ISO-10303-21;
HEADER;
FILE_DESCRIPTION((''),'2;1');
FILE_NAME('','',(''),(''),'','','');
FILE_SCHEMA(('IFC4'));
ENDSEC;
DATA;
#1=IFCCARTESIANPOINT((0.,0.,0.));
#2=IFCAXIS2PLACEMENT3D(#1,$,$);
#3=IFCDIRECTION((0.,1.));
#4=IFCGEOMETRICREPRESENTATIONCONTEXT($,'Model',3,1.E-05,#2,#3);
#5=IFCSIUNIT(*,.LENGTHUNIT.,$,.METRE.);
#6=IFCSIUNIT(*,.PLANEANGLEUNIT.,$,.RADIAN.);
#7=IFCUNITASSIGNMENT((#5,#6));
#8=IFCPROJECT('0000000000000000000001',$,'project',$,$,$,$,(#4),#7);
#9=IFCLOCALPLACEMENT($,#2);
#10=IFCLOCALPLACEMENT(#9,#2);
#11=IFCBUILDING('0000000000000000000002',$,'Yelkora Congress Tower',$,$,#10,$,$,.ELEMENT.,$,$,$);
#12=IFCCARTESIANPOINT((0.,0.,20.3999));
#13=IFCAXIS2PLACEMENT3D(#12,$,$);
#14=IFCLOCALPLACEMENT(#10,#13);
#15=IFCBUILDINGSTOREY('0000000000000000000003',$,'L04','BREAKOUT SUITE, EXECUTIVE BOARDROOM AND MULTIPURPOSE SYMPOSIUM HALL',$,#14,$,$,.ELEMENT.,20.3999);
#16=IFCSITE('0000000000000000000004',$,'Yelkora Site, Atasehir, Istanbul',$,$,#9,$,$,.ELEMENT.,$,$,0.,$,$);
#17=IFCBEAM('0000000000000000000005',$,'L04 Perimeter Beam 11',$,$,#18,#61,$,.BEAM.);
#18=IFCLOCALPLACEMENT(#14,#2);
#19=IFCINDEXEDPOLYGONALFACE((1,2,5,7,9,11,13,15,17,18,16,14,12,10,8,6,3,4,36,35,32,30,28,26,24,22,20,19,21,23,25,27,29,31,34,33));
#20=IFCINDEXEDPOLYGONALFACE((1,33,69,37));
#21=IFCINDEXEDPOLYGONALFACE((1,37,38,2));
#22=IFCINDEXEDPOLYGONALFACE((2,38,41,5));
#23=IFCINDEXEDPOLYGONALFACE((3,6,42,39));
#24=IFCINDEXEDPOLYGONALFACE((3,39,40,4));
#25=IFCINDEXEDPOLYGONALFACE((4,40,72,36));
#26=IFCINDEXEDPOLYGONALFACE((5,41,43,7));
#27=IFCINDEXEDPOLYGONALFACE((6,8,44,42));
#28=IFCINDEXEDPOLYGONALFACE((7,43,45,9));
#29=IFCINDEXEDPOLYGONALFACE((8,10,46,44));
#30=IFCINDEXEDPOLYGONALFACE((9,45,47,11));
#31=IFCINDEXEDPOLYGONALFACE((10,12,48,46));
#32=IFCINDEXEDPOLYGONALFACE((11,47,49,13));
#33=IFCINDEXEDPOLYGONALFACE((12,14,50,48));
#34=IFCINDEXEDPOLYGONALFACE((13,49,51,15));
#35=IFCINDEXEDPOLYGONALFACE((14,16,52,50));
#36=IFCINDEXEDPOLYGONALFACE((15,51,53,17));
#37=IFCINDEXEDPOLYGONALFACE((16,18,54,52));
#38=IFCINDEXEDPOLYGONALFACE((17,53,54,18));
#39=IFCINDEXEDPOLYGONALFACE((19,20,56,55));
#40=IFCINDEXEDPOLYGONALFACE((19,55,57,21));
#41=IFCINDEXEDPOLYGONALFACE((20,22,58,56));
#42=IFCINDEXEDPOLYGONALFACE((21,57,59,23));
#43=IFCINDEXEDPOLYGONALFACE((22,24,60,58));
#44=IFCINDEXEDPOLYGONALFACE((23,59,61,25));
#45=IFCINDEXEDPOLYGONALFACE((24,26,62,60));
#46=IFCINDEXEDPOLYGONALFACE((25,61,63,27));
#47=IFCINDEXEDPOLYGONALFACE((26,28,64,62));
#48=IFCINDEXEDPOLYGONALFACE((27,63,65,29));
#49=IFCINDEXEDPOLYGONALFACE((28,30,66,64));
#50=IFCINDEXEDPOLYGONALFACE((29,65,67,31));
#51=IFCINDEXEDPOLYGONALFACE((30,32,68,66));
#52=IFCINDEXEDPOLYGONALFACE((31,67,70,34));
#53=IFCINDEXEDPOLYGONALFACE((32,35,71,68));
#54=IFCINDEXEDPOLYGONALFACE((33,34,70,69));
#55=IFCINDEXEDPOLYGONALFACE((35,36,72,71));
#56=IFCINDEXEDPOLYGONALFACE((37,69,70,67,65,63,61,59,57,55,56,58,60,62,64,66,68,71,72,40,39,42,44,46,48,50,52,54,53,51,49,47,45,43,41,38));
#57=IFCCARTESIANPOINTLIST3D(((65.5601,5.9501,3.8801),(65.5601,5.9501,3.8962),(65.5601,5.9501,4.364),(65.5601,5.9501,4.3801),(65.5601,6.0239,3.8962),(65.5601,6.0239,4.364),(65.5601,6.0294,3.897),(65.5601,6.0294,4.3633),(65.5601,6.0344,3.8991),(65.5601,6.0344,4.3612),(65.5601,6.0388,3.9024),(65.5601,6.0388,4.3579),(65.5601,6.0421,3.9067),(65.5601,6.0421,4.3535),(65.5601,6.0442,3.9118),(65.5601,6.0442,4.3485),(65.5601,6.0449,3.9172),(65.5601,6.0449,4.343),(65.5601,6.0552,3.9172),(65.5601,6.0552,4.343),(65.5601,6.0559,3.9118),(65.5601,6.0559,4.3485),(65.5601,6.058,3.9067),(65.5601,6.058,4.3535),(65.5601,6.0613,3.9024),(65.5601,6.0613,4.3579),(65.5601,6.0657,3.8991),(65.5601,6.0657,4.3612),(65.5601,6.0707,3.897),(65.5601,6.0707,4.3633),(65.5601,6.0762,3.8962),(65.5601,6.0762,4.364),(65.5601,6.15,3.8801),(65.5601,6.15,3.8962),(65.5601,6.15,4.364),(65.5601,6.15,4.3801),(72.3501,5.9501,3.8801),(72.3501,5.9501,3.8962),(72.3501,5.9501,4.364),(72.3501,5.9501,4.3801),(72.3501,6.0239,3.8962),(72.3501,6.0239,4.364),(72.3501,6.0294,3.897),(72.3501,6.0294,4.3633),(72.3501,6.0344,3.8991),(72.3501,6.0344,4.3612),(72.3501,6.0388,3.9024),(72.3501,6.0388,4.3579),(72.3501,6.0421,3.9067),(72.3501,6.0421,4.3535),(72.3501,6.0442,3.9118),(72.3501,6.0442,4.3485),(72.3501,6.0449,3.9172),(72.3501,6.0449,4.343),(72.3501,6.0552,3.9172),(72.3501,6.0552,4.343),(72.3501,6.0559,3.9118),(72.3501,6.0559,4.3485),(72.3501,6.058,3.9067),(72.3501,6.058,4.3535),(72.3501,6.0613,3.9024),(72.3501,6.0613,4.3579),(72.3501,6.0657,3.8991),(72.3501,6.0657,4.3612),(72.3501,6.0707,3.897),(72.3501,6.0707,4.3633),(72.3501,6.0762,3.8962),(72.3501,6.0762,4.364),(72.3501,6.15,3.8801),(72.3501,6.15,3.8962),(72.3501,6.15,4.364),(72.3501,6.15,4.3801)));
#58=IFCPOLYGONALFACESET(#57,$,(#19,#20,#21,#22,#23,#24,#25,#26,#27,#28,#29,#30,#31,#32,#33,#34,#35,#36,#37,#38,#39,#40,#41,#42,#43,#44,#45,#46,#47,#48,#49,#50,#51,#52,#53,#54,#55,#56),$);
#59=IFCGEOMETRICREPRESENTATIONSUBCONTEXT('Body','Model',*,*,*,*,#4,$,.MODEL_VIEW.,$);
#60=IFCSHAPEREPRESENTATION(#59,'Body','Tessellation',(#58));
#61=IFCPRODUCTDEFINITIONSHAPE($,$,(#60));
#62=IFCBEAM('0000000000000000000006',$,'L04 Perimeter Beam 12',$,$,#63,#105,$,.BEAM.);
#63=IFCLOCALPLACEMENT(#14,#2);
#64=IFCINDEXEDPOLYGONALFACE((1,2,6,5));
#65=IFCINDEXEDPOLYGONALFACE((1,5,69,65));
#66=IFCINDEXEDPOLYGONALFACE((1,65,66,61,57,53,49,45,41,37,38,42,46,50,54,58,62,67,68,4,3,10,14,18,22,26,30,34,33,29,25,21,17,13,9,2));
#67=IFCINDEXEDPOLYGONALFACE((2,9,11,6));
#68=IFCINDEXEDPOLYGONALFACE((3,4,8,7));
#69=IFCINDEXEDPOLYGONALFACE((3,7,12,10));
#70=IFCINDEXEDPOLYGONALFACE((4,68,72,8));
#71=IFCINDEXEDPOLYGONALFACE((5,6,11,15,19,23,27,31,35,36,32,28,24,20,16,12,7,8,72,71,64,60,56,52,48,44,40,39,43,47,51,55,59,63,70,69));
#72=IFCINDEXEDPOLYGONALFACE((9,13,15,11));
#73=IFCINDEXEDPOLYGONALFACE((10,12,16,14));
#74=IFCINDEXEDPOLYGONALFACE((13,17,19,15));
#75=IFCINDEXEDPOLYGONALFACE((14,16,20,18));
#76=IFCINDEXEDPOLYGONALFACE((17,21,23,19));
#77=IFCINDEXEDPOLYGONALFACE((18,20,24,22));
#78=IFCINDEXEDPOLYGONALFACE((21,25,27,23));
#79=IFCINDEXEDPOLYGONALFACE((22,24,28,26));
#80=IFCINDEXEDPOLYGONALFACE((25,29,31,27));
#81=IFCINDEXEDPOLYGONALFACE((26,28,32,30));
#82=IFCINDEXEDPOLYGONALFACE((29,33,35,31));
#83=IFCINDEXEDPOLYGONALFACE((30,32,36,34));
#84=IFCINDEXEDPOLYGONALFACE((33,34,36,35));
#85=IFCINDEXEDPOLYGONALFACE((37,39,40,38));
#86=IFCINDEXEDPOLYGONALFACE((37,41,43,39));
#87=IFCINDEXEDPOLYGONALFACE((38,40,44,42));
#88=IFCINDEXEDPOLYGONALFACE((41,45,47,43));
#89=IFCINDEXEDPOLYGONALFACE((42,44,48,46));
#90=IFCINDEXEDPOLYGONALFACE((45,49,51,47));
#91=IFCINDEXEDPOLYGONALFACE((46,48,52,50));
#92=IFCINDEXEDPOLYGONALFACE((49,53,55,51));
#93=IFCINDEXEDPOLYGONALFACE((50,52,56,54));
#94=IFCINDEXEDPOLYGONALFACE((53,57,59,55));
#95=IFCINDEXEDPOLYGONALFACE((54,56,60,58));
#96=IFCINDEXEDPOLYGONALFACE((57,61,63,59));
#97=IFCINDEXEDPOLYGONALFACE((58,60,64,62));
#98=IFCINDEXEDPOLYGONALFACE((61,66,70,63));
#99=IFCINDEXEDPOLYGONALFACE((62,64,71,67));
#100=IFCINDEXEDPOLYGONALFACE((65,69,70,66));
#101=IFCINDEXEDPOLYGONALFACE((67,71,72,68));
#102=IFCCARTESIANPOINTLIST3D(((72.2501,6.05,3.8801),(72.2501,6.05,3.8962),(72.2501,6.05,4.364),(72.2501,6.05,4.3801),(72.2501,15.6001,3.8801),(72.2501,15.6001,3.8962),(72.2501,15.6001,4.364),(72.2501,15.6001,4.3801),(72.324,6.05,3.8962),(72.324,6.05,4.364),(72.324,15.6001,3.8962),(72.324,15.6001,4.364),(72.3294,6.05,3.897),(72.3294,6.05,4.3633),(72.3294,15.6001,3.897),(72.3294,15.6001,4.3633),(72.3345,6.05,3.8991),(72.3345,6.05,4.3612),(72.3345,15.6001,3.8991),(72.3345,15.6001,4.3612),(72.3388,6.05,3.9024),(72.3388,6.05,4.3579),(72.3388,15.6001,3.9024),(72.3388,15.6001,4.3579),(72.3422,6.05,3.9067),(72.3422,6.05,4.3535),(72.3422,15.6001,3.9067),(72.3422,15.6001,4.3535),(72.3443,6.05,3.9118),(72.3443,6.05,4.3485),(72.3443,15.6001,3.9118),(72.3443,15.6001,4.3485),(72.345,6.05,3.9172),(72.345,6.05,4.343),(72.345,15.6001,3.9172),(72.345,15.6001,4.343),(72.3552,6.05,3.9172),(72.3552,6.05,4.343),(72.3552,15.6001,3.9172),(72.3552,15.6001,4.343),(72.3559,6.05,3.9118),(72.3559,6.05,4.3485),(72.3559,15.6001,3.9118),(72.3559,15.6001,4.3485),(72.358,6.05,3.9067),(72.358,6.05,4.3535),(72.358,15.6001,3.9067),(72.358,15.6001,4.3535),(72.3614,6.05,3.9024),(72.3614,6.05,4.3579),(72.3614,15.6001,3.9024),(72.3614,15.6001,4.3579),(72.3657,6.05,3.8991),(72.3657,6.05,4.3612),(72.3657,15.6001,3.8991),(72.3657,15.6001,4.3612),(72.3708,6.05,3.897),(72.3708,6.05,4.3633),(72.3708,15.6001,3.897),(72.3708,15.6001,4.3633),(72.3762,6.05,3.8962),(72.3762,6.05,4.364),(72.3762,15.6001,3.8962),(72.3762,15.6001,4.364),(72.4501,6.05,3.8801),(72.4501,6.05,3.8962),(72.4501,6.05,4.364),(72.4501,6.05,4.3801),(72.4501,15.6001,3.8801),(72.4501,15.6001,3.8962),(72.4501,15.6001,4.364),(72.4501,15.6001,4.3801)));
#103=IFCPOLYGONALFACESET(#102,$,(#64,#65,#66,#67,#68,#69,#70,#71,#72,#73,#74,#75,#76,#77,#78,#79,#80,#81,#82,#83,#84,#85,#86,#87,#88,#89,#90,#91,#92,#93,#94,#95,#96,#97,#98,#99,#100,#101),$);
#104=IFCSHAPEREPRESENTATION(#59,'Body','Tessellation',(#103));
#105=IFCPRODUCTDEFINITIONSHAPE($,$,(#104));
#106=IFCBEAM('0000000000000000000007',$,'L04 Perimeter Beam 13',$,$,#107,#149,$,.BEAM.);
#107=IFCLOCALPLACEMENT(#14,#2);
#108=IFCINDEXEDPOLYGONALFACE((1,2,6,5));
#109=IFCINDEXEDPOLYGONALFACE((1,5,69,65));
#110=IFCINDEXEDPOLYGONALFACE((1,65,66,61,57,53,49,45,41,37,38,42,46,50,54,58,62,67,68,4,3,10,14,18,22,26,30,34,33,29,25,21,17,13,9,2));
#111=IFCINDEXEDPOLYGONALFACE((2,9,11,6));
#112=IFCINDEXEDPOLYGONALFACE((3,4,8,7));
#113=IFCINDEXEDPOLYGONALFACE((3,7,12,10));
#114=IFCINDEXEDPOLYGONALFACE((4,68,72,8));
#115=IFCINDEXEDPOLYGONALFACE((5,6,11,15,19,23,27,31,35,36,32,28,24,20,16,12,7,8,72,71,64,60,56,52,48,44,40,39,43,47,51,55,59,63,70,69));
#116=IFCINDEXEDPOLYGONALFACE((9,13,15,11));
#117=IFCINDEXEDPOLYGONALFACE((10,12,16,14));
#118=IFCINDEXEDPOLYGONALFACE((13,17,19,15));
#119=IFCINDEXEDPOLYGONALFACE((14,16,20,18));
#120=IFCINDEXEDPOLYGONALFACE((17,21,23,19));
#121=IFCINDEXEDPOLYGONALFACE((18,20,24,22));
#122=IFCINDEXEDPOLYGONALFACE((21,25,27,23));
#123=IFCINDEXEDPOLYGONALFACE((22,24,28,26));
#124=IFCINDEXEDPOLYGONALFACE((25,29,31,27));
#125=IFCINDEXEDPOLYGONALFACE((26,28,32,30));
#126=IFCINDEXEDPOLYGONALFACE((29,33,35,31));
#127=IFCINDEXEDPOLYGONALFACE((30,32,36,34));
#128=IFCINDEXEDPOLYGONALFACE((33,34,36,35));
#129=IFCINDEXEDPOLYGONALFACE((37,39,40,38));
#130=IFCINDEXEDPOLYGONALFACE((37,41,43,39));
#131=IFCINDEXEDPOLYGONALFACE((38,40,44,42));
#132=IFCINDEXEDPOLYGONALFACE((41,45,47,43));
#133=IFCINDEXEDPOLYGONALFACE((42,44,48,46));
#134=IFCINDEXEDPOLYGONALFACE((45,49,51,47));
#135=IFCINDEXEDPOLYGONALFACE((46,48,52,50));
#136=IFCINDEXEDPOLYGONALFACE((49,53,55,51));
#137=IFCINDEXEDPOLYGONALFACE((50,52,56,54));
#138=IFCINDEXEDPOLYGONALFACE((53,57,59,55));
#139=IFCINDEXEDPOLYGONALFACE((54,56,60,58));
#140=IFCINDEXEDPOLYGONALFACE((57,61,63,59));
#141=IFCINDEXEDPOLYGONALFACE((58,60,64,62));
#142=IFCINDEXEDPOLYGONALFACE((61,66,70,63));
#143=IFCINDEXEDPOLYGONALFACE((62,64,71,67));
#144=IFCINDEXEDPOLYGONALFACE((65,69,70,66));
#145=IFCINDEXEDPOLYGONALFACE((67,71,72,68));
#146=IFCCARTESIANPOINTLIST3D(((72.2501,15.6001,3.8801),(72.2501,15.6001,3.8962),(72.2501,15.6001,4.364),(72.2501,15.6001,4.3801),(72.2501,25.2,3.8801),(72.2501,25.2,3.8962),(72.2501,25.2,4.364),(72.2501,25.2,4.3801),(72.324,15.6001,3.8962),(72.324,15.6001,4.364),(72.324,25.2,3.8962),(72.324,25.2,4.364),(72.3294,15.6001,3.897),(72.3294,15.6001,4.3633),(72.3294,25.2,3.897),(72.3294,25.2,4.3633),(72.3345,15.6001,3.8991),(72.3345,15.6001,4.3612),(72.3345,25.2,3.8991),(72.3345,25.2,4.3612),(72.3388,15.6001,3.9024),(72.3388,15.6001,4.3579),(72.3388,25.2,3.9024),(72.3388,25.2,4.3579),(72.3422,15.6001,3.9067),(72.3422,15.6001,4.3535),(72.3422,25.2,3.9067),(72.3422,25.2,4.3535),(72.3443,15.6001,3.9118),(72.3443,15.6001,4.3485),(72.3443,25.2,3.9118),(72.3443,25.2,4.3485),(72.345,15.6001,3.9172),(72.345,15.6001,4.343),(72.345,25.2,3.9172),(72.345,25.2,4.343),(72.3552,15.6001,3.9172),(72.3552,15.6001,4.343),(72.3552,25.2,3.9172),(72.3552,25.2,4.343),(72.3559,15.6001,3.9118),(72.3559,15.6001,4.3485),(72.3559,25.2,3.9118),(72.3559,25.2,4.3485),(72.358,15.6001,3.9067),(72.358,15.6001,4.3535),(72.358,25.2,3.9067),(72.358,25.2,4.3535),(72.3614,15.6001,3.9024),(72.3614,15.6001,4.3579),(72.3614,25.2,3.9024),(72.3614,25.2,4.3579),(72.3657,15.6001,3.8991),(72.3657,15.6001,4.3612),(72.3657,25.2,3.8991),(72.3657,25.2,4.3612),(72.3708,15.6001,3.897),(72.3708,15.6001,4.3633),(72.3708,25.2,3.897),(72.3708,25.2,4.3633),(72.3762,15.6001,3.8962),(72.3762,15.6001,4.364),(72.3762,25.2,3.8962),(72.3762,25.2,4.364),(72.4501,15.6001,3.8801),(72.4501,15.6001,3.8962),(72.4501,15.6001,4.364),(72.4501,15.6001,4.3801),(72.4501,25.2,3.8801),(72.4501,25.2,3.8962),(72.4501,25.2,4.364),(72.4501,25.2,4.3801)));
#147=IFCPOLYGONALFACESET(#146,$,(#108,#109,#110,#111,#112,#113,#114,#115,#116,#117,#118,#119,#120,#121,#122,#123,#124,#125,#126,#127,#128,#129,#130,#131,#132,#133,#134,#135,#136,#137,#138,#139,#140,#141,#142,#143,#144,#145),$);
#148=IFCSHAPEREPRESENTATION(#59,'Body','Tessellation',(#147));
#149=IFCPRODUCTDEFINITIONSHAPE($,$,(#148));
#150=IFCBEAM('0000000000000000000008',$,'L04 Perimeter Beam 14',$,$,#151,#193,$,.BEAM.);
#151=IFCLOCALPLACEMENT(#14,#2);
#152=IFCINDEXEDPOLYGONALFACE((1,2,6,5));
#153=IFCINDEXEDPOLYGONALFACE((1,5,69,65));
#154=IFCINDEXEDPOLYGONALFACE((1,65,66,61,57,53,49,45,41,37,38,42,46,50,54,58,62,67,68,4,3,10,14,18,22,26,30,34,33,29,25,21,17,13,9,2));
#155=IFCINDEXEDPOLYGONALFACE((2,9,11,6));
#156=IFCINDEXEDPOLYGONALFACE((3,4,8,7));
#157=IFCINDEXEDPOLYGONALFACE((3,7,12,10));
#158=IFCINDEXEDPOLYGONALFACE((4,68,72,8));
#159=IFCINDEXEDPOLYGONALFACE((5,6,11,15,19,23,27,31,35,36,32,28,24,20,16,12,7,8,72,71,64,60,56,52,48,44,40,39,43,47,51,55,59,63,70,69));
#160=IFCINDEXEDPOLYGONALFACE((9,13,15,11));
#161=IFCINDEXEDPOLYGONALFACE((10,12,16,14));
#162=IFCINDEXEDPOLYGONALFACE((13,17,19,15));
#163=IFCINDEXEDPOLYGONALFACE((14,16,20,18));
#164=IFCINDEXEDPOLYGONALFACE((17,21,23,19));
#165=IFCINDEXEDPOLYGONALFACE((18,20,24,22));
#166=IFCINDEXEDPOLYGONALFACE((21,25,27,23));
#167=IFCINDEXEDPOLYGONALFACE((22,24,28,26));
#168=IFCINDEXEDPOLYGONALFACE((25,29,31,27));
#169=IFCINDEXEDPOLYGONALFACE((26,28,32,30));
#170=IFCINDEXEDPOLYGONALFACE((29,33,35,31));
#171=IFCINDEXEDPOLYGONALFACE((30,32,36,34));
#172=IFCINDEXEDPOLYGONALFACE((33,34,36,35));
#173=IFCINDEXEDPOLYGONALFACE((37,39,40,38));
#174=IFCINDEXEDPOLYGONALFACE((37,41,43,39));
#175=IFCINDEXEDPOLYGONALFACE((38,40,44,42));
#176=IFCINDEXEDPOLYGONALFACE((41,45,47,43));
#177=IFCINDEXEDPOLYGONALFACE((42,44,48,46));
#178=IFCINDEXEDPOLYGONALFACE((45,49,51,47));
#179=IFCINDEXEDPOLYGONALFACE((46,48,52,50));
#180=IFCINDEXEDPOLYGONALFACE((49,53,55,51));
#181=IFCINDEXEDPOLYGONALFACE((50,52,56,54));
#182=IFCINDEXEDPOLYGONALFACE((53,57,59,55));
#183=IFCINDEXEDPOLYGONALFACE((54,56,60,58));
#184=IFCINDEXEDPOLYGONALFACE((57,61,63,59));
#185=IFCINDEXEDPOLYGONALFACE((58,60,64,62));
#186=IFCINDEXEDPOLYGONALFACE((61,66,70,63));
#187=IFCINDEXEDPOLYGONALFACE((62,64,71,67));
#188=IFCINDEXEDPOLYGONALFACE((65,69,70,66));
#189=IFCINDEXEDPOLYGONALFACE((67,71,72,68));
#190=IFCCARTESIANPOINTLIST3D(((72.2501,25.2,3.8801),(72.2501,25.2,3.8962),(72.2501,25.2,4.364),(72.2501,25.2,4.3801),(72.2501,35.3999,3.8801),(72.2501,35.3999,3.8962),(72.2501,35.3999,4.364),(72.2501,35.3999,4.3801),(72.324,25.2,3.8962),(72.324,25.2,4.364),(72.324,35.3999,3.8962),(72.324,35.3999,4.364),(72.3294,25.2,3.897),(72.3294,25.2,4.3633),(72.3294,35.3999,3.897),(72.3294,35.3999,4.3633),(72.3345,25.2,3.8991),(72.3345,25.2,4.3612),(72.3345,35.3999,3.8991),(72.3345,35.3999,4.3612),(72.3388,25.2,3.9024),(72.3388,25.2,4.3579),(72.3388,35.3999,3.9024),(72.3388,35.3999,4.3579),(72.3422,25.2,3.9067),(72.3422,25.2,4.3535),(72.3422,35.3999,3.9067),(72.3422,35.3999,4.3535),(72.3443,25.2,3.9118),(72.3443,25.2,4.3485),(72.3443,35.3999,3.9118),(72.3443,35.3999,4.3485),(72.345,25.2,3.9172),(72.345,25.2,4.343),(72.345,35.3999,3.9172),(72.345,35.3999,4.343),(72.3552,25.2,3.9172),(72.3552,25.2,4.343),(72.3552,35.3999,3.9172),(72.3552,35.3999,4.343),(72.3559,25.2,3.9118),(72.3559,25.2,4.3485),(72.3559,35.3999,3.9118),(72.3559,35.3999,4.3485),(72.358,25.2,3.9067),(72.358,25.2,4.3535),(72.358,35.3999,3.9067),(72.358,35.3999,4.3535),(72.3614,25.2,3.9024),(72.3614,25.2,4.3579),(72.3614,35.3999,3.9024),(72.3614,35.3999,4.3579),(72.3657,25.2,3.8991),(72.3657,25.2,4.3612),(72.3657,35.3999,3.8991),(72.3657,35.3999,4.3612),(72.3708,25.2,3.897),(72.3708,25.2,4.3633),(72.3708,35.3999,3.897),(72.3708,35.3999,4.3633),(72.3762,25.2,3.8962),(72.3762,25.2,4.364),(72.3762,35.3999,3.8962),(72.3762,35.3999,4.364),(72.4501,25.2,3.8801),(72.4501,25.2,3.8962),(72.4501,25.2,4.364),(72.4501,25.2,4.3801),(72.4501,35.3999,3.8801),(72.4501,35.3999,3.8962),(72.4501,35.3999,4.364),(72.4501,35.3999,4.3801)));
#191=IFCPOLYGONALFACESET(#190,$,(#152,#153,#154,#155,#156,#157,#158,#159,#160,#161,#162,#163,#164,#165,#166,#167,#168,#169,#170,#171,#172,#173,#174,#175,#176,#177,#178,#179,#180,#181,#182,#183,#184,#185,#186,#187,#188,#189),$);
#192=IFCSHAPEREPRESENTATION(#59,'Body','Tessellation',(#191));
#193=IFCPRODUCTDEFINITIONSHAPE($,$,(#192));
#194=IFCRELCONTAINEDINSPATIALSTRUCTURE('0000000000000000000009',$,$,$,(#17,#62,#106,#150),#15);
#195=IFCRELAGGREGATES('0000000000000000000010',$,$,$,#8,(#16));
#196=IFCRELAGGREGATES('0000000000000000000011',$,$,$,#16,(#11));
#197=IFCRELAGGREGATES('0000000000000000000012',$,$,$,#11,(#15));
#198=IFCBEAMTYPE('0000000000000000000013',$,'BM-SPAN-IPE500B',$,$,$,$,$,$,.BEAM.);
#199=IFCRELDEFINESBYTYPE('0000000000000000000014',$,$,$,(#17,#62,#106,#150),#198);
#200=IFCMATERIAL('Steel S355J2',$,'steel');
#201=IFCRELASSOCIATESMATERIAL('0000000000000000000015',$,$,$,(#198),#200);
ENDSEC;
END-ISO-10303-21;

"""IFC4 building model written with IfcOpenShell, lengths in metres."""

from ifc_helpers import new_model, si_unit, direction, frame, origin, origin_2d, place, context, subcontext, project, spatial, i_section, extrude, material, material_profile, profile_set, type_object, element, save


model = new_model("IFC4")

# Units and contexts
model_context = context("Model", 3, precision=1e-05, world=origin(), true_north=direction((0.0, 1.0)))
body_context = subcontext(model_context, "Body", "Model", "MODEL_VIEW")
ifc_project = project(units=[si_unit("LENGTHUNIT", "METRE"), si_unit("PLANEANGLEUNIT", "RADIAN")], contexts=[model_context])

# Site, building, storey
site_placement = place(None, origin())
site = spatial("IfcSite", under=ifc_project, at=site_placement, Name="Yelkora Site, Atasehir, Istanbul", CompositionType="ELEMENT", RefElevation=0.0)
building_placement = place(site_placement, origin())
building = spatial("IfcBuilding", under=site, at=building_placement, Name="Yelkora Congress Tower", CompositionType="ELEMENT")
storey_placement = place(building_placement, frame((0.0, 0.0, 20.3999)))
storey = spatial("IfcBuildingStorey", under=building, at=storey_placement, Name="L04", Description="BREAKOUT SUITE, EXECUTIVE BOARDROOM AND MULTIPURPOSE SYMPOSIUM HALL", CompositionType="ELEMENT", Elevation=20.3999)

# Beams
ifc_material_1 = material(Name="Steel S355J2", Category="steel")
ifc_material_profile_1 = material_profile(ifc_material_1, i_section(OverallWidth=0.2, OverallDepth=0.5, WebThickness=0.0103, FlangeThickness=0.0161, FilletRadius=0.021, at=origin_2d()), Name="IPE 500")
ifc_profile_set_1 = profile_set([ifc_material_profile_1], Name="Steel S355J2")
beam_type_1 = type_object("IfcBeamType", Name="BM-SPAN-IPE500B", PredefinedType="BEAM", material=ifc_profile_set_1)
for number, where, z_axis, x_axis, name in (
    (1, (65.5601, 6.05, 4.1301), (1.0, 0.0, 0.0), (0.0, 1.0, 0.0), "L04 Perimeter Beam 11"),
):
    element("IfcBeam", number, at=place(storey_placement, frame(where, z_axis=z_axis, x_axis=x_axis)), inside=storey, type_object=beam_type_1, Name=name, PredefinedType="BEAM", context=body_context, shape_type="SweptSolid", body=[
        extrude(i_section(OverallWidth=0.2, OverallDepth=0.5, WebThickness=0.0103, FlangeThickness=0.0161, FilletRadius=0.021, at=origin_2d()), origin(), (0.0, 0.0, 1.0), 6.79),
    ])
beam_1_placement = place(storey_placement, frame((72.3501, 6.05, 4.1301), z_axis=(0.0, 1.0, 0.0), x_axis=(-1.0, 0.0, 0.0)))
element("IfcBeam", 2, at=beam_1_placement, inside=storey, type_object=beam_type_1, Name="L04 Perimeter Beam 12", PredefinedType="BEAM", context=body_context, shape_type="SweptSolid", body=[
    extrude(i_section(OverallWidth=0.2, OverallDepth=0.5, WebThickness=0.0103, FlangeThickness=0.0161, FilletRadius=0.021, at=origin_2d()), origin(), (0.0, 0.0, 1.0), 9.55),
])
beam_2_placement = place(storey_placement, frame((72.3501, 15.6001, 4.1301), z_axis=(0.0, 1.0, 0.0), x_axis=(-1.0, 0.0, 0.0)))
element("IfcBeam", 3, at=beam_2_placement, inside=storey, type_object=beam_type_1, Name="L04 Perimeter Beam 13", PredefinedType="BEAM", context=body_context, shape_type="SweptSolid", body=[
    extrude(i_section(OverallWidth=0.2, OverallDepth=0.5, WebThickness=0.0103, FlangeThickness=0.0161, FilletRadius=0.021, at=origin_2d()), origin(), (0.0, 0.0, 1.0), 9.5999),
])
beam_3_placement = place(storey_placement, frame((72.3501, 25.2, 4.1301), z_axis=(0.0, 1.0, 0.0), x_axis=(-1.0, 0.0, 0.0)))
element("IfcBeam", 4, at=beam_3_placement, inside=storey, type_object=beam_type_1, Name="L04 Perimeter Beam 14", PredefinedType="BEAM", context=body_context, shape_type="SweptSolid", body=[
    extrude(i_section(OverallWidth=0.2, OverallDepth=0.5, WebThickness=0.0103, FlangeThickness=0.0161, FilletRadius=0.021, at=origin_2d()), origin(), (0.0, 0.0, 1.0), 10.2),
])

save(model, "model.ifc")
